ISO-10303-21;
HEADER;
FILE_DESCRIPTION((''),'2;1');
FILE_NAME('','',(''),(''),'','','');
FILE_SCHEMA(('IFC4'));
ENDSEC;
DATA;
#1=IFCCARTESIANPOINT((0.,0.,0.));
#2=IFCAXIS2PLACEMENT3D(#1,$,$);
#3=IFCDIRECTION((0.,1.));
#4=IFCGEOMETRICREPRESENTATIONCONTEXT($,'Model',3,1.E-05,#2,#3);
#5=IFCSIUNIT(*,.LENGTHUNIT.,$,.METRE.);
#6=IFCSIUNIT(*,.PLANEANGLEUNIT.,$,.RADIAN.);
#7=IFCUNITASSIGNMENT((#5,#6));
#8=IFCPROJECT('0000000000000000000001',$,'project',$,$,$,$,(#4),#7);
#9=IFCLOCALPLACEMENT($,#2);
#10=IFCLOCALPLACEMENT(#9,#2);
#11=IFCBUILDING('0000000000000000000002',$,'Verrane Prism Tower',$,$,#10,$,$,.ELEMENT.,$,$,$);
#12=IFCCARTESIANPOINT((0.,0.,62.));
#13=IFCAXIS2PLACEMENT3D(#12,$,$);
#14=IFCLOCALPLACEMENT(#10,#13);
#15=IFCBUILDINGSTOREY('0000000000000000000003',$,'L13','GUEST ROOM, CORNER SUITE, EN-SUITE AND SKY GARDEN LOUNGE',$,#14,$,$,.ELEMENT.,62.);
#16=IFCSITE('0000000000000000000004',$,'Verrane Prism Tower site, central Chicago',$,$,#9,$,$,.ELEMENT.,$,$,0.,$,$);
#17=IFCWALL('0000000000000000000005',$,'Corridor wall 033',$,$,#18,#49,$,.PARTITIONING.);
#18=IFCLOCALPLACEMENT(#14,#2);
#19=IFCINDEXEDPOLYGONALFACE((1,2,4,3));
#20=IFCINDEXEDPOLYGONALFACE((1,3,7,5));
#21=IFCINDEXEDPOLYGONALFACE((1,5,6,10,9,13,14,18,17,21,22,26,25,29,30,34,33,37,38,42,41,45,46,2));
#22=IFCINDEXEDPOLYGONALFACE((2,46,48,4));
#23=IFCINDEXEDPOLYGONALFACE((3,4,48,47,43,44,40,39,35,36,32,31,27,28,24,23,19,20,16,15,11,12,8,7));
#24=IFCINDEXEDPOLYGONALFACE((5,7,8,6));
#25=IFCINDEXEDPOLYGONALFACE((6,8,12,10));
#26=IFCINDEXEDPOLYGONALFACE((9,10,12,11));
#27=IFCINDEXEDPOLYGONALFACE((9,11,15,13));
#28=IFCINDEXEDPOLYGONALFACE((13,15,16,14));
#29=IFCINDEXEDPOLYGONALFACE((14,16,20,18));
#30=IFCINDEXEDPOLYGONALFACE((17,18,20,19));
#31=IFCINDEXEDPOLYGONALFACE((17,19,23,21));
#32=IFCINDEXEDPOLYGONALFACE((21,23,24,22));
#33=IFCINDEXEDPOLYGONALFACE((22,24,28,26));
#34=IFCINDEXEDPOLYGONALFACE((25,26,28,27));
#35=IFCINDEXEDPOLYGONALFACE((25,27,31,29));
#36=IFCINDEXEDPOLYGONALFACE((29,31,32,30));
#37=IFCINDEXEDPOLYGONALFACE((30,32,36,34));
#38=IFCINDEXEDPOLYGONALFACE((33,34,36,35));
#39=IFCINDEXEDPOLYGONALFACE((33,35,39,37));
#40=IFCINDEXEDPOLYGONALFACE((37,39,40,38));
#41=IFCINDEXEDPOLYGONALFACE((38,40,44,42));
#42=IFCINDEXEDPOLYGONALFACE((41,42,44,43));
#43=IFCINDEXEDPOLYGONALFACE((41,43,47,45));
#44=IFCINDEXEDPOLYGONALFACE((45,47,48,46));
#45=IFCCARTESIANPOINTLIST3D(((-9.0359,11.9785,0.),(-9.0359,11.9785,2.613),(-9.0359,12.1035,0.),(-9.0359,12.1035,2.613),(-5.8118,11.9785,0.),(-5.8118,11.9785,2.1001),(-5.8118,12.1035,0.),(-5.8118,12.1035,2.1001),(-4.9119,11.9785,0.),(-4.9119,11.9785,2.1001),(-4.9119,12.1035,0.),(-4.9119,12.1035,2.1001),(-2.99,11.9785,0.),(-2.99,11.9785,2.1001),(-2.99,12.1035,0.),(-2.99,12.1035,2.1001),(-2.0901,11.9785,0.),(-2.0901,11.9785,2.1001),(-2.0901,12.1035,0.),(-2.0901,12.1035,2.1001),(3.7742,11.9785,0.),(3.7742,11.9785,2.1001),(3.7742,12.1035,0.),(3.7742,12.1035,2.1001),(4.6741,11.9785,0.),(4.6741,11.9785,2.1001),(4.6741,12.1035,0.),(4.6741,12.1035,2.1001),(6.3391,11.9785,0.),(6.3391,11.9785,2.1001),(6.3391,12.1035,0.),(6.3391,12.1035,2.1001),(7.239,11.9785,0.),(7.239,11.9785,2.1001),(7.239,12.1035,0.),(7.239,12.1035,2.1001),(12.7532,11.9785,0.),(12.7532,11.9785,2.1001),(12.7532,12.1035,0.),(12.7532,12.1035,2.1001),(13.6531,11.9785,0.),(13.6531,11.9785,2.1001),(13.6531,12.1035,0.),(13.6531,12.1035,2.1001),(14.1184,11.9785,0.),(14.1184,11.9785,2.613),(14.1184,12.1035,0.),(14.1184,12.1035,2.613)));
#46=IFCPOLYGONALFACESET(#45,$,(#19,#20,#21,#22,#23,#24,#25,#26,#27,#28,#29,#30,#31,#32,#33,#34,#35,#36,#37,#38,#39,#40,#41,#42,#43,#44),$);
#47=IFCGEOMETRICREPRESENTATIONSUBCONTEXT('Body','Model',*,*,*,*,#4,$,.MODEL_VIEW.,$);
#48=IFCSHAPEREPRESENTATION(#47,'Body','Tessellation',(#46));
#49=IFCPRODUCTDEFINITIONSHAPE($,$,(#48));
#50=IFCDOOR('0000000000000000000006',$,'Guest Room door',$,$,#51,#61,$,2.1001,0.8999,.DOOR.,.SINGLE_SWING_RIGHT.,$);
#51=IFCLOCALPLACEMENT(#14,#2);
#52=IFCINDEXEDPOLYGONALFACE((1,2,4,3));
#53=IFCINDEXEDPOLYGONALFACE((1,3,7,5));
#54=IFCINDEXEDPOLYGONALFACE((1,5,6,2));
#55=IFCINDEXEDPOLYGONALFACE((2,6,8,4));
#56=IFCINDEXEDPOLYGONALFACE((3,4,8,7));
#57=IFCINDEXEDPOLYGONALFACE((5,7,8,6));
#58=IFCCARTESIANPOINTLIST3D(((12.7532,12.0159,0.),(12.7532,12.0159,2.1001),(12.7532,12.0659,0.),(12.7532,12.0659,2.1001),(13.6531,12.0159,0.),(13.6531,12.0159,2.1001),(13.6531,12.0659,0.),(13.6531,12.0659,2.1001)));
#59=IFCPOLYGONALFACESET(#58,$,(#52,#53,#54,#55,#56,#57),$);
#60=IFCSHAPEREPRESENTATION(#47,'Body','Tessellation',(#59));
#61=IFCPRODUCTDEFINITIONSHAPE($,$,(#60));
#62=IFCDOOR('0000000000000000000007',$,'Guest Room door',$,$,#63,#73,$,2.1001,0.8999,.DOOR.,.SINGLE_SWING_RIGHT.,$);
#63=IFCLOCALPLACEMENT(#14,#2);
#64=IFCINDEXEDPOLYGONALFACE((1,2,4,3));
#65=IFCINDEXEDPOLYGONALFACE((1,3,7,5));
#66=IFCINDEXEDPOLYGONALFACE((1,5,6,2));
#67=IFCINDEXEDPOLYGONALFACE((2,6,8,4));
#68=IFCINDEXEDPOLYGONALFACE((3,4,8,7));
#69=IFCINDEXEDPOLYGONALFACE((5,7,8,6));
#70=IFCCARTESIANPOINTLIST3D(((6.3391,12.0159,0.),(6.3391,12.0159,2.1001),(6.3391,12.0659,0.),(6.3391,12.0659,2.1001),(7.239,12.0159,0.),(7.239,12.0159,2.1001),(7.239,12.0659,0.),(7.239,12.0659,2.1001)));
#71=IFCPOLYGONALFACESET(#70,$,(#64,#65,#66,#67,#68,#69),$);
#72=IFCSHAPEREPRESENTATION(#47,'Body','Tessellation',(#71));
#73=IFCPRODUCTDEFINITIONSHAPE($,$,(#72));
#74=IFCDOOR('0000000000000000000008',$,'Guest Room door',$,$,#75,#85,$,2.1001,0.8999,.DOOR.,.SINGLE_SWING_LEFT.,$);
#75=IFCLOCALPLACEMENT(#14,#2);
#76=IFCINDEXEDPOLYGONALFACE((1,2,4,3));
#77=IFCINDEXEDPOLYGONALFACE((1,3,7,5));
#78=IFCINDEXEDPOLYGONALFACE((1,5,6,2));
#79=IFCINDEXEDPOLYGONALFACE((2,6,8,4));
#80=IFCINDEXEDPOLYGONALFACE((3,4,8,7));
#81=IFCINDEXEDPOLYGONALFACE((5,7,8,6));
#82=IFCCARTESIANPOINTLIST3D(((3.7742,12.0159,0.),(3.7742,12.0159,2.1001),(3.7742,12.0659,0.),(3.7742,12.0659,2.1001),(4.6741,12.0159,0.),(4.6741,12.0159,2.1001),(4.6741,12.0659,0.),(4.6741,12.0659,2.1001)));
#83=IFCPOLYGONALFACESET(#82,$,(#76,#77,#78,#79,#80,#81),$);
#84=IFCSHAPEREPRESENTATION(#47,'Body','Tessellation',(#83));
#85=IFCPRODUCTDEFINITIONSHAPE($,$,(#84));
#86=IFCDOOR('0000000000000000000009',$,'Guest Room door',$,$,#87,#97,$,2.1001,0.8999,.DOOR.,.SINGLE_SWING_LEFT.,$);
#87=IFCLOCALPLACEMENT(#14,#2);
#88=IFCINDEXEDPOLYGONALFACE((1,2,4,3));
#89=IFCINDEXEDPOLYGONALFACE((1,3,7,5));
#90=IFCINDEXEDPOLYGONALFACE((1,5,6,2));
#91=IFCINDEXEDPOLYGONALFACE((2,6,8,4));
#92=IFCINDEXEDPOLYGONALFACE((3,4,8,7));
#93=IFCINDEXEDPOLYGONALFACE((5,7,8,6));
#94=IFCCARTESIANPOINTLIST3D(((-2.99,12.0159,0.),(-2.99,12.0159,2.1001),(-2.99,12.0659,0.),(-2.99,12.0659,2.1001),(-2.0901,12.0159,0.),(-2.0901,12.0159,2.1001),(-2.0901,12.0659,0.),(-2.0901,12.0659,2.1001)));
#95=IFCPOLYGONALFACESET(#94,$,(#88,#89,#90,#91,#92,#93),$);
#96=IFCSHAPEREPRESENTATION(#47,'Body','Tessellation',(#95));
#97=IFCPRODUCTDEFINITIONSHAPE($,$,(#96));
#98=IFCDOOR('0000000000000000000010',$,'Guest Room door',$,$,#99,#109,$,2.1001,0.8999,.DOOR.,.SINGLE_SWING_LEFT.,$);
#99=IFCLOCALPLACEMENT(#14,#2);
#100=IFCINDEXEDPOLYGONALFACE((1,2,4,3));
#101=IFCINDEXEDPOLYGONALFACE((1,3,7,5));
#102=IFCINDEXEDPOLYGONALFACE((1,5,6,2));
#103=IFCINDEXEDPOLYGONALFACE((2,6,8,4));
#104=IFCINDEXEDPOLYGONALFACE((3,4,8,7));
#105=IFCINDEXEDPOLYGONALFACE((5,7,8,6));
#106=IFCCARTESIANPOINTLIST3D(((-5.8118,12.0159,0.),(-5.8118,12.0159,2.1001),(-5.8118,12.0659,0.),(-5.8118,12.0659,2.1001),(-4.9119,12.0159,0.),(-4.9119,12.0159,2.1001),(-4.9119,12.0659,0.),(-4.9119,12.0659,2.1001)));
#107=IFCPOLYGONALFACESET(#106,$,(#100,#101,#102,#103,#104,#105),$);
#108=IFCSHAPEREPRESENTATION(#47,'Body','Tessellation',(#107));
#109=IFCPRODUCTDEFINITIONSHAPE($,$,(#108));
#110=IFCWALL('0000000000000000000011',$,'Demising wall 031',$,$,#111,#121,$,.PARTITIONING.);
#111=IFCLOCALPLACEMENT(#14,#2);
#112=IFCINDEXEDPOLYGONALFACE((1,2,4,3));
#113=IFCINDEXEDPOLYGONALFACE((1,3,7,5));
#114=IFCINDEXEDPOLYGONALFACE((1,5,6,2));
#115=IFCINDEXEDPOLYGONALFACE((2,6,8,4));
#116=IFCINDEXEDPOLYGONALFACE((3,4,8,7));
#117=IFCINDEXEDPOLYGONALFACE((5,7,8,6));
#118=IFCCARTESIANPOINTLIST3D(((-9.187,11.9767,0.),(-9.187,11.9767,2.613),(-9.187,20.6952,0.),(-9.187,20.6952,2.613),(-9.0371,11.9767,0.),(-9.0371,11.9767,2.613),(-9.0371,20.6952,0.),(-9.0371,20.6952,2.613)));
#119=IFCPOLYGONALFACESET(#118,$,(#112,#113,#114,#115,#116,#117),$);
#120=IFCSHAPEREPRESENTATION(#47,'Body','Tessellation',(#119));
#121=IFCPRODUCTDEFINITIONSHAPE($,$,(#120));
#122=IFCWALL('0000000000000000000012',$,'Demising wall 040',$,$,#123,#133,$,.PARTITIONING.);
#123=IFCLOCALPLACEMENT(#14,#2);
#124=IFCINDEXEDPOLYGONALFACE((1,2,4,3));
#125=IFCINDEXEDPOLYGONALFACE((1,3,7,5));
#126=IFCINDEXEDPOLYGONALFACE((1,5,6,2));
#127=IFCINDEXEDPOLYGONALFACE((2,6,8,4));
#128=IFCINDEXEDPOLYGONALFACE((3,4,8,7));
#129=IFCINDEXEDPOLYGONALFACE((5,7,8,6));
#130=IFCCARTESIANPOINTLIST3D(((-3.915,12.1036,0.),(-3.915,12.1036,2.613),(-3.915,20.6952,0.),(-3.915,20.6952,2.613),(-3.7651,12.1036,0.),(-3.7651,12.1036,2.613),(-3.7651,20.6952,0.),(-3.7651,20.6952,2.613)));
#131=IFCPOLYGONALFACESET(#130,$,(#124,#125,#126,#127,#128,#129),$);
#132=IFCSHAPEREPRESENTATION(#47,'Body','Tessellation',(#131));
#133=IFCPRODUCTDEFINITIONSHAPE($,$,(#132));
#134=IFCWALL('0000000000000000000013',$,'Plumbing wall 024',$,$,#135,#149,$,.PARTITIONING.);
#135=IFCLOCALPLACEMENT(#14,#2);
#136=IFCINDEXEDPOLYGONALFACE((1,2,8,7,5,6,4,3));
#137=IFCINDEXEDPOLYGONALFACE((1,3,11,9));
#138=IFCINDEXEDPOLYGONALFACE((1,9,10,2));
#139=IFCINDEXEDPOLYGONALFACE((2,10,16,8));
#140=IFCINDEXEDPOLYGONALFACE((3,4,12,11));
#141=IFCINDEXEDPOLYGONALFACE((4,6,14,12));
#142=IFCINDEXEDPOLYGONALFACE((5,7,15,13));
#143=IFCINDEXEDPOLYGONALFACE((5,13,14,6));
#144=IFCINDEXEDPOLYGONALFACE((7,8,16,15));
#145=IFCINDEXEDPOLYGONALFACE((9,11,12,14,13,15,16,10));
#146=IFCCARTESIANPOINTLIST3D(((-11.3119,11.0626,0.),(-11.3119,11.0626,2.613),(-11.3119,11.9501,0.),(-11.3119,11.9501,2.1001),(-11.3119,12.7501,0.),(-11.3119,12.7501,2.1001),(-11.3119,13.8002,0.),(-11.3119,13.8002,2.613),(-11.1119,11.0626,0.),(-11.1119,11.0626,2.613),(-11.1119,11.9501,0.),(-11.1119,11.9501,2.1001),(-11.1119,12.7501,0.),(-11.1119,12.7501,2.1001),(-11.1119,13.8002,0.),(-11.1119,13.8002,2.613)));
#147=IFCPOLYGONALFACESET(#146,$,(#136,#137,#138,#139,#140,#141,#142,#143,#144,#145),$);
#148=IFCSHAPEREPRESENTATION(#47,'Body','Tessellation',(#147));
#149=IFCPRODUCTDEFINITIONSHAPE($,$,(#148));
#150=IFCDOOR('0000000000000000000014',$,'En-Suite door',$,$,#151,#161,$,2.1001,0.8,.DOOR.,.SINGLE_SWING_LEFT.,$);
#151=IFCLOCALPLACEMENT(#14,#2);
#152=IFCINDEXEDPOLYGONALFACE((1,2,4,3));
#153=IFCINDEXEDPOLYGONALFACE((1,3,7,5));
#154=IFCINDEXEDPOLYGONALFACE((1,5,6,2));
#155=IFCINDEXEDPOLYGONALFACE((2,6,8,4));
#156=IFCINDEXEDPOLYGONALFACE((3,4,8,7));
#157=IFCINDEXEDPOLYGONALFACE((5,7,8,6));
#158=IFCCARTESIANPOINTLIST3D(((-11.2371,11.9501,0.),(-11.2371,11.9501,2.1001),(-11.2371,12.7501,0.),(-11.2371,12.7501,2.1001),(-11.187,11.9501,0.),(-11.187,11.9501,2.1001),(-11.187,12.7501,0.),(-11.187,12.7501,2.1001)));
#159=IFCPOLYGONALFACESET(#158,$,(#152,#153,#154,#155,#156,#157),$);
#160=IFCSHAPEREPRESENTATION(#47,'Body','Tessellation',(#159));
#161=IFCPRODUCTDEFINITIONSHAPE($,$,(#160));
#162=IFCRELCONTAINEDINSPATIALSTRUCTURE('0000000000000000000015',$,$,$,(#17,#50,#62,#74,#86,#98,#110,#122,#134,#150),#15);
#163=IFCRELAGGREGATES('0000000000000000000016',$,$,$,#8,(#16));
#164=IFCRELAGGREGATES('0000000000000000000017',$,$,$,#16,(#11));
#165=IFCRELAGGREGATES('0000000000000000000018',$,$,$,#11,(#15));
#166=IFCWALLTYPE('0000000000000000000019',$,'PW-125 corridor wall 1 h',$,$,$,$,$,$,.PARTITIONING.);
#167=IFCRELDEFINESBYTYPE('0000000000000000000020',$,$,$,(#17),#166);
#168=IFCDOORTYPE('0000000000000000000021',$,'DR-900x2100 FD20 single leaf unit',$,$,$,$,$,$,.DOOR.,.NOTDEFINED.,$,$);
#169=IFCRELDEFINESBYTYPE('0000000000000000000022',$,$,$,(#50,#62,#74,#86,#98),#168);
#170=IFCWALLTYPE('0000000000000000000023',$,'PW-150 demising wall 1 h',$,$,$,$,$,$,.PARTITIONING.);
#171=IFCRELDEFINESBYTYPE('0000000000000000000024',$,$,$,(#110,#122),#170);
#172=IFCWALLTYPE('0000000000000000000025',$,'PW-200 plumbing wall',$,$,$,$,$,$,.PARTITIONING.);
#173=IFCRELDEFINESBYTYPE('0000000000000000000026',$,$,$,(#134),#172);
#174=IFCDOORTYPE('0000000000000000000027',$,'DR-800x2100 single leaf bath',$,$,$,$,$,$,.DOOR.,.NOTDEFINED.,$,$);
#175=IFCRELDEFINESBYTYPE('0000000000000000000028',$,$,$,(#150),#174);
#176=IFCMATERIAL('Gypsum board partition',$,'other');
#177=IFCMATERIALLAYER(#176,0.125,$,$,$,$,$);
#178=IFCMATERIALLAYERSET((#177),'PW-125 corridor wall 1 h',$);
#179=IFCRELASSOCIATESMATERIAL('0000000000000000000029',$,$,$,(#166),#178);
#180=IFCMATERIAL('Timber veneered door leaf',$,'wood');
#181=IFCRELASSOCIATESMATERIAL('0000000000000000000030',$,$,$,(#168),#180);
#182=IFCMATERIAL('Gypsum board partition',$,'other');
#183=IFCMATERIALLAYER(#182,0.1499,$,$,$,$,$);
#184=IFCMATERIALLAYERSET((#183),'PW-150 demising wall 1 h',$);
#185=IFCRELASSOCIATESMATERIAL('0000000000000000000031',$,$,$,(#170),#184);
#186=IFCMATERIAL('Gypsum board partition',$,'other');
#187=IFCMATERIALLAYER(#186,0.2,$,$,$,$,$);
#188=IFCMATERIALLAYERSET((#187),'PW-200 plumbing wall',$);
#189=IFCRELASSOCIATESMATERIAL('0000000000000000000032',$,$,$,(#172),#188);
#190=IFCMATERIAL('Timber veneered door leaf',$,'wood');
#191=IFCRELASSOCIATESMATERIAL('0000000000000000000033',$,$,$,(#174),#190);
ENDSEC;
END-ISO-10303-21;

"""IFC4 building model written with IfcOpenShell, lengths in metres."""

from ifc_helpers import new_model, si_unit, direction, frame, frame_2d, origin, place, context, subcontext, project, spatial, rectangle, extrude, material, layer, layer_set, type_object, element, fill, save


model = new_model("IFC4")

# Units and contexts
model_context = context("Model", 3, precision=1e-05, world=origin(), true_north=direction((0.0, 1.0)))
body_context = subcontext(model_context, "Body", "Model", "MODEL_VIEW")
ifc_project = project(units=[si_unit("LENGTHUNIT", "METRE"), si_unit("PLANEANGLEUNIT", "RADIAN")], contexts=[model_context])

# Site, building, storey
site_placement = place(None, origin())
site = spatial("IfcSite", under=ifc_project, at=site_placement, Name="Verrane Prism Tower site, central Chicago", CompositionType="ELEMENT", RefElevation=0.0)
building_placement = place(site_placement, origin())
building = spatial("IfcBuilding", under=site, at=building_placement, Name="Verrane Prism Tower", CompositionType="ELEMENT")
storey_placement = place(building_placement, frame((0.0, 0.0, 62.0)))
storey = spatial("IfcBuildingStorey", under=building, at=storey_placement, Name="L13", Description="GUEST ROOM, CORNER SUITE, EN-SUITE AND SKY GARDEN LOUNGE", CompositionType="ELEMENT", Elevation=62.0)

# Shared definitions
ifc_material_1 = material(Name="Gypsum board partition", Category="other")
ifc_layer_1 = layer(ifc_material_1, 0.125)
ifc_layer_set_1 = layer_set([ifc_layer_1], Name="PW-125 corridor wall 1 h")
wall_type_1 = type_object("IfcWallType", Name="PW-125 corridor wall 1 h", PredefinedType="PARTITIONING", material=ifc_layer_set_1)

# Wall, openings, doors
wall_1_placement = place(storey_placement, frame((-9.0359, 12.041, 0.0), z_axis=(0.0, 0.0, 1.0), x_axis=(1.0, 0.0, 0.0)))
wall_1 = element("IfcWall", 1, at=wall_1_placement, inside=storey, type_object=wall_type_1, Name="Corridor wall 033", PredefinedType="PARTITIONING", context=body_context, shape_type="SweptSolid", body=[
    extrude(rectangle(XDim=23.1543, YDim=0.125, at=frame_2d((11.5771, 0.0))), origin(), (0.0, 0.0, 1.0), 2.613),
])
opening_1_placement = place(wall_1_placement, frame((21.7891, 0.0, 0.0)))
opening_1 = element("IfcOpeningElement", 2, at=opening_1_placement, cuts=wall_1, PredefinedType="OPENING", context=body_context, shape_type="SweptSolid", body=[
    extrude(rectangle(XDim=0.8999, YDim=2.1001, at=frame_2d((0.45, 1.05))), frame((0.0, 0.0725, 0.0), z_axis=(0.0, -1.0, 0.0), x_axis=(1.0, 0.0, 0.0)), (0.0, 0.0, 1.0), 0.145),
])
opening_2_placement = place(wall_1_placement, frame((15.375, 0.0, 0.0)))
opening_2 = element("IfcOpeningElement", 3, at=opening_2_placement, cuts=wall_1, PredefinedType="OPENING", context=body_context, shape_type="SweptSolid", body=[
    extrude(rectangle(XDim=0.8999, YDim=2.1001, at=frame_2d((0.45, 1.05))), frame((0.0, 0.0725, 0.0), z_axis=(0.0, -1.0, 0.0), x_axis=(1.0, 0.0, 0.0)), (0.0, 0.0, 1.0), 0.145),
])
opening_3_placement = place(wall_1_placement, frame((12.8101, 0.0, 0.0)))
opening_3 = element("IfcOpeningElement", 4, at=opening_3_placement, cuts=wall_1, PredefinedType="OPENING", context=body_context, shape_type="SweptSolid", body=[
    extrude(rectangle(XDim=0.8999, YDim=2.1001, at=frame_2d((0.45, 1.05))), frame((0.0, 0.0725, 0.0), z_axis=(0.0, -1.0, 0.0), x_axis=(1.0, 0.0, 0.0)), (0.0, 0.0, 1.0), 0.145),
])
opening_4_placement = place(wall_1_placement, frame((6.0459, 0.0, 0.0)))
opening_4 = element("IfcOpeningElement", 5, at=opening_4_placement, cuts=wall_1, PredefinedType="OPENING", context=body_context, shape_type="SweptSolid", body=[
    extrude(rectangle(XDim=0.8999, YDim=2.1001, at=frame_2d((0.45, 1.05))), frame((0.0, 0.0725, 0.0), z_axis=(0.0, -1.0, 0.0), x_axis=(1.0, 0.0, 0.0)), (0.0, 0.0, 1.0), 0.145),
])
opening_5_placement = place(wall_1_placement, frame((3.2241, 0.0, 0.0)))
opening_5 = element("IfcOpeningElement", 6, at=opening_5_placement, cuts=wall_1, PredefinedType="OPENING", context=body_context, shape_type="SweptSolid", body=[
    extrude(rectangle(XDim=0.8999, YDim=2.1001, at=frame_2d((0.45, 1.05))), frame((0.0, 0.0725, 0.0), z_axis=(0.0, -1.0, 0.0), x_axis=(1.0, 0.0, 0.0)), (0.0, 0.0, 1.0), 0.145),
])
ifc_material_2 = material(Name="Timber veneered door leaf", Category="wood")
door_type_1 = type_object("IfcDoorType", Name="DR-900x2100 FD20 single leaf unit", OperationType="NOTDEFINED", PredefinedType="DOOR", material=ifc_material_2)
door_1_placement = place(opening_1_placement, origin())
door_1 = element("IfcDoor", 7, at=door_1_placement, inside=storey, type_object=door_type_1, Name="Guest Room door", OperationType="SINGLE_SWING_RIGHT", OverallHeight=2.1001, OverallWidth=0.8999, PredefinedType="DOOR", context=body_context, shape_type="SweptSolid", body=[
    extrude(rectangle(XDim=0.8999, YDim=2.1001, at=frame_2d((0.45, 1.05))), frame((0.0, 0.0249, 0.0), z_axis=(0.0, -1.0, 0.0), x_axis=(1.0, 0.0, 0.0)), (0.0, 0.0, 1.0), 0.05),
])
fill(opening_1, door_1)
door_2_placement = place(opening_2_placement, origin())
door_2 = element("IfcDoor", 8, at=door_2_placement, inside=storey, type_object=door_type_1, Name="Guest Room door", OperationType="SINGLE_SWING_RIGHT", OverallHeight=2.1001, OverallWidth=0.8999, PredefinedType="DOOR", context=body_context, shape_type="SweptSolid", body=[
    extrude(rectangle(XDim=0.8999, YDim=2.1001, at=frame_2d((0.45, 1.05))), frame((0.0, 0.0249, 0.0), z_axis=(0.0, -1.0, 0.0), x_axis=(1.0, 0.0, 0.0)), (0.0, 0.0, 1.0), 0.05),
])
fill(opening_2, door_2)
door_3_placement = place(opening_3_placement, origin())
door_3 = element("IfcDoor", 9, at=door_3_placement, inside=storey, type_object=door_type_1, Name="Guest Room door", OperationType="SINGLE_SWING_LEFT", OverallHeight=2.1001, OverallWidth=0.8999, PredefinedType="DOOR", context=body_context, shape_type="SweptSolid", body=[
    extrude(rectangle(XDim=0.8999, YDim=2.1001, at=frame_2d((0.45, 1.05))), frame((0.0, 0.0249, 0.0), z_axis=(0.0, -1.0, 0.0), x_axis=(1.0, 0.0, 0.0)), (0.0, 0.0, 1.0), 0.05),
])
fill(opening_3, door_3)
door_4_placement = place(opening_4_placement, origin())
door_4 = element("IfcDoor", 10, at=door_4_placement, inside=storey, type_object=door_type_1, Name="Guest Room door", OperationType="SINGLE_SWING_LEFT", OverallHeight=2.1001, OverallWidth=0.8999, PredefinedType="DOOR", context=body_context, shape_type="SweptSolid", body=[
    extrude(rectangle(XDim=0.8999, YDim=2.1001, at=frame_2d((0.45, 1.05))), frame((0.0, 0.0249, 0.0), z_axis=(0.0, -1.0, 0.0), x_axis=(1.0, 0.0, 0.0)), (0.0, 0.0, 1.0), 0.05),
])
fill(opening_4, door_4)
door_5_placement = place(opening_5_placement, origin())
door_5 = element("IfcDoor", 11, at=door_5_placement, inside=storey, type_object=door_type_1, Name="Guest Room door", OperationType="SINGLE_SWING_LEFT", OverallHeight=2.1001, OverallWidth=0.8999, PredefinedType="DOOR", context=body_context, shape_type="SweptSolid", body=[
    extrude(rectangle(XDim=0.8999, YDim=2.1001, at=frame_2d((0.45, 1.05))), frame((0.0, 0.0249, 0.0), z_axis=(0.0, -1.0, 0.0), x_axis=(1.0, 0.0, 0.0)), (0.0, 0.0, 1.0), 0.05),
])
fill(opening_5, door_5)

# Walls
ifc_material_3 = material(Name="Gypsum board partition", Category="other")
ifc_layer_2 = layer(ifc_material_3, 0.1499)
ifc_layer_set_2 = layer_set([ifc_layer_2], Name="PW-150 demising wall 1 h")
wall_type_2 = type_object("IfcWallType", Name="PW-150 demising wall 1 h", PredefinedType="PARTITIONING", material=ifc_layer_set_2)
wall_2_placement = place(storey_placement, frame((-9.1121, 11.9766, 0.0), z_axis=(0.0, 0.0, 1.0), x_axis=(0.0, 1.0, 0.0)))
element("IfcWall", 12, at=wall_2_placement, inside=storey, type_object=wall_type_2, Name="Demising wall 031", PredefinedType="PARTITIONING", context=body_context, shape_type="SweptSolid", body=[
    extrude(rectangle(XDim=8.7185, YDim=0.1499, at=frame_2d((4.3594, 0.0))), origin(), (0.0, 0.0, 1.0), 2.613),
])
wall_3_placement = place(storey_placement, frame((-3.8401, 12.1035, 0.0), z_axis=(0.0, 0.0, 1.0), x_axis=(0.0, 1.0, 0.0)))
element("IfcWall", 13, at=wall_3_placement, inside=storey, type_object=wall_type_2, Name="Demising wall 040", PredefinedType="PARTITIONING", context=body_context, shape_type="SweptSolid", body=[
    extrude(rectangle(XDim=8.5916, YDim=0.1499, at=frame_2d((4.2959, 0.0))), origin(), (0.0, 0.0, 1.0), 2.613),
])

# Wall, opening, door
ifc_material_4 = material(Name="Gypsum board partition", Category="other")
ifc_layer_3 = layer(ifc_material_4, 0.2)
ifc_layer_set_3 = layer_set([ifc_layer_3], Name="PW-200 plumbing wall")
wall_type_3 = type_object("IfcWallType", Name="PW-200 plumbing wall", PredefinedType="PARTITIONING", material=ifc_layer_set_3)
wall_4_placement = place(storey_placement, frame((-11.2119, 13.8, 0.0), z_axis=(0.0, 0.0, 1.0), x_axis=(0.0, -1.0, 0.0)))
wall_4 = element("IfcWall", 14, at=wall_4_placement, inside=storey, type_object=wall_type_3, Name="Plumbing wall 024", PredefinedType="PARTITIONING", context=body_context, shape_type="SweptSolid", body=[
    extrude(rectangle(XDim=2.7375, YDim=0.2, at=frame_2d((1.3687, 0.0))), origin(), (0.0, 0.0, 1.0), 2.613),
])
opening_6_placement = place(wall_4_placement, frame((1.05, 0.0, 0.0)))
opening_6 = element("IfcOpeningElement", 15, at=opening_6_placement, cuts=wall_4, PredefinedType="OPENING", context=body_context, shape_type="SweptSolid", body=[
    extrude(rectangle(XDim=0.8, YDim=2.1001, at=frame_2d((0.3999, 1.05))), frame((0.0, 0.1099, 0.0), z_axis=(0.0, -1.0, 0.0), x_axis=(1.0, 0.0, 0.0)), (0.0, 0.0, 1.0), 0.22),
])
ifc_material_5 = material(Name="Timber veneered door leaf", Category="wood")
door_type_2 = type_object("IfcDoorType", Name="DR-800x2100 single leaf bath", OperationType="NOTDEFINED", PredefinedType="DOOR", material=ifc_material_5)
door_6_placement = place(opening_6_placement, origin())
door_6 = element("IfcDoor", 16, at=door_6_placement, inside=storey, type_object=door_type_2, Name="En-Suite door", OperationType="SINGLE_SWING_LEFT", OverallHeight=2.1001, OverallWidth=0.8, PredefinedType="DOOR", context=body_context, shape_type="SweptSolid", body=[
    extrude(rectangle(XDim=0.8, YDim=2.1001, at=frame_2d((0.3999, 1.05))), frame((0.0, 0.0249, 0.0), z_axis=(0.0, -1.0, 0.0), x_axis=(1.0, 0.0, 0.0)), (0.0, 0.0, 1.0), 0.05),
])
fill(opening_6, door_6)

save(model, "model.ifc")
